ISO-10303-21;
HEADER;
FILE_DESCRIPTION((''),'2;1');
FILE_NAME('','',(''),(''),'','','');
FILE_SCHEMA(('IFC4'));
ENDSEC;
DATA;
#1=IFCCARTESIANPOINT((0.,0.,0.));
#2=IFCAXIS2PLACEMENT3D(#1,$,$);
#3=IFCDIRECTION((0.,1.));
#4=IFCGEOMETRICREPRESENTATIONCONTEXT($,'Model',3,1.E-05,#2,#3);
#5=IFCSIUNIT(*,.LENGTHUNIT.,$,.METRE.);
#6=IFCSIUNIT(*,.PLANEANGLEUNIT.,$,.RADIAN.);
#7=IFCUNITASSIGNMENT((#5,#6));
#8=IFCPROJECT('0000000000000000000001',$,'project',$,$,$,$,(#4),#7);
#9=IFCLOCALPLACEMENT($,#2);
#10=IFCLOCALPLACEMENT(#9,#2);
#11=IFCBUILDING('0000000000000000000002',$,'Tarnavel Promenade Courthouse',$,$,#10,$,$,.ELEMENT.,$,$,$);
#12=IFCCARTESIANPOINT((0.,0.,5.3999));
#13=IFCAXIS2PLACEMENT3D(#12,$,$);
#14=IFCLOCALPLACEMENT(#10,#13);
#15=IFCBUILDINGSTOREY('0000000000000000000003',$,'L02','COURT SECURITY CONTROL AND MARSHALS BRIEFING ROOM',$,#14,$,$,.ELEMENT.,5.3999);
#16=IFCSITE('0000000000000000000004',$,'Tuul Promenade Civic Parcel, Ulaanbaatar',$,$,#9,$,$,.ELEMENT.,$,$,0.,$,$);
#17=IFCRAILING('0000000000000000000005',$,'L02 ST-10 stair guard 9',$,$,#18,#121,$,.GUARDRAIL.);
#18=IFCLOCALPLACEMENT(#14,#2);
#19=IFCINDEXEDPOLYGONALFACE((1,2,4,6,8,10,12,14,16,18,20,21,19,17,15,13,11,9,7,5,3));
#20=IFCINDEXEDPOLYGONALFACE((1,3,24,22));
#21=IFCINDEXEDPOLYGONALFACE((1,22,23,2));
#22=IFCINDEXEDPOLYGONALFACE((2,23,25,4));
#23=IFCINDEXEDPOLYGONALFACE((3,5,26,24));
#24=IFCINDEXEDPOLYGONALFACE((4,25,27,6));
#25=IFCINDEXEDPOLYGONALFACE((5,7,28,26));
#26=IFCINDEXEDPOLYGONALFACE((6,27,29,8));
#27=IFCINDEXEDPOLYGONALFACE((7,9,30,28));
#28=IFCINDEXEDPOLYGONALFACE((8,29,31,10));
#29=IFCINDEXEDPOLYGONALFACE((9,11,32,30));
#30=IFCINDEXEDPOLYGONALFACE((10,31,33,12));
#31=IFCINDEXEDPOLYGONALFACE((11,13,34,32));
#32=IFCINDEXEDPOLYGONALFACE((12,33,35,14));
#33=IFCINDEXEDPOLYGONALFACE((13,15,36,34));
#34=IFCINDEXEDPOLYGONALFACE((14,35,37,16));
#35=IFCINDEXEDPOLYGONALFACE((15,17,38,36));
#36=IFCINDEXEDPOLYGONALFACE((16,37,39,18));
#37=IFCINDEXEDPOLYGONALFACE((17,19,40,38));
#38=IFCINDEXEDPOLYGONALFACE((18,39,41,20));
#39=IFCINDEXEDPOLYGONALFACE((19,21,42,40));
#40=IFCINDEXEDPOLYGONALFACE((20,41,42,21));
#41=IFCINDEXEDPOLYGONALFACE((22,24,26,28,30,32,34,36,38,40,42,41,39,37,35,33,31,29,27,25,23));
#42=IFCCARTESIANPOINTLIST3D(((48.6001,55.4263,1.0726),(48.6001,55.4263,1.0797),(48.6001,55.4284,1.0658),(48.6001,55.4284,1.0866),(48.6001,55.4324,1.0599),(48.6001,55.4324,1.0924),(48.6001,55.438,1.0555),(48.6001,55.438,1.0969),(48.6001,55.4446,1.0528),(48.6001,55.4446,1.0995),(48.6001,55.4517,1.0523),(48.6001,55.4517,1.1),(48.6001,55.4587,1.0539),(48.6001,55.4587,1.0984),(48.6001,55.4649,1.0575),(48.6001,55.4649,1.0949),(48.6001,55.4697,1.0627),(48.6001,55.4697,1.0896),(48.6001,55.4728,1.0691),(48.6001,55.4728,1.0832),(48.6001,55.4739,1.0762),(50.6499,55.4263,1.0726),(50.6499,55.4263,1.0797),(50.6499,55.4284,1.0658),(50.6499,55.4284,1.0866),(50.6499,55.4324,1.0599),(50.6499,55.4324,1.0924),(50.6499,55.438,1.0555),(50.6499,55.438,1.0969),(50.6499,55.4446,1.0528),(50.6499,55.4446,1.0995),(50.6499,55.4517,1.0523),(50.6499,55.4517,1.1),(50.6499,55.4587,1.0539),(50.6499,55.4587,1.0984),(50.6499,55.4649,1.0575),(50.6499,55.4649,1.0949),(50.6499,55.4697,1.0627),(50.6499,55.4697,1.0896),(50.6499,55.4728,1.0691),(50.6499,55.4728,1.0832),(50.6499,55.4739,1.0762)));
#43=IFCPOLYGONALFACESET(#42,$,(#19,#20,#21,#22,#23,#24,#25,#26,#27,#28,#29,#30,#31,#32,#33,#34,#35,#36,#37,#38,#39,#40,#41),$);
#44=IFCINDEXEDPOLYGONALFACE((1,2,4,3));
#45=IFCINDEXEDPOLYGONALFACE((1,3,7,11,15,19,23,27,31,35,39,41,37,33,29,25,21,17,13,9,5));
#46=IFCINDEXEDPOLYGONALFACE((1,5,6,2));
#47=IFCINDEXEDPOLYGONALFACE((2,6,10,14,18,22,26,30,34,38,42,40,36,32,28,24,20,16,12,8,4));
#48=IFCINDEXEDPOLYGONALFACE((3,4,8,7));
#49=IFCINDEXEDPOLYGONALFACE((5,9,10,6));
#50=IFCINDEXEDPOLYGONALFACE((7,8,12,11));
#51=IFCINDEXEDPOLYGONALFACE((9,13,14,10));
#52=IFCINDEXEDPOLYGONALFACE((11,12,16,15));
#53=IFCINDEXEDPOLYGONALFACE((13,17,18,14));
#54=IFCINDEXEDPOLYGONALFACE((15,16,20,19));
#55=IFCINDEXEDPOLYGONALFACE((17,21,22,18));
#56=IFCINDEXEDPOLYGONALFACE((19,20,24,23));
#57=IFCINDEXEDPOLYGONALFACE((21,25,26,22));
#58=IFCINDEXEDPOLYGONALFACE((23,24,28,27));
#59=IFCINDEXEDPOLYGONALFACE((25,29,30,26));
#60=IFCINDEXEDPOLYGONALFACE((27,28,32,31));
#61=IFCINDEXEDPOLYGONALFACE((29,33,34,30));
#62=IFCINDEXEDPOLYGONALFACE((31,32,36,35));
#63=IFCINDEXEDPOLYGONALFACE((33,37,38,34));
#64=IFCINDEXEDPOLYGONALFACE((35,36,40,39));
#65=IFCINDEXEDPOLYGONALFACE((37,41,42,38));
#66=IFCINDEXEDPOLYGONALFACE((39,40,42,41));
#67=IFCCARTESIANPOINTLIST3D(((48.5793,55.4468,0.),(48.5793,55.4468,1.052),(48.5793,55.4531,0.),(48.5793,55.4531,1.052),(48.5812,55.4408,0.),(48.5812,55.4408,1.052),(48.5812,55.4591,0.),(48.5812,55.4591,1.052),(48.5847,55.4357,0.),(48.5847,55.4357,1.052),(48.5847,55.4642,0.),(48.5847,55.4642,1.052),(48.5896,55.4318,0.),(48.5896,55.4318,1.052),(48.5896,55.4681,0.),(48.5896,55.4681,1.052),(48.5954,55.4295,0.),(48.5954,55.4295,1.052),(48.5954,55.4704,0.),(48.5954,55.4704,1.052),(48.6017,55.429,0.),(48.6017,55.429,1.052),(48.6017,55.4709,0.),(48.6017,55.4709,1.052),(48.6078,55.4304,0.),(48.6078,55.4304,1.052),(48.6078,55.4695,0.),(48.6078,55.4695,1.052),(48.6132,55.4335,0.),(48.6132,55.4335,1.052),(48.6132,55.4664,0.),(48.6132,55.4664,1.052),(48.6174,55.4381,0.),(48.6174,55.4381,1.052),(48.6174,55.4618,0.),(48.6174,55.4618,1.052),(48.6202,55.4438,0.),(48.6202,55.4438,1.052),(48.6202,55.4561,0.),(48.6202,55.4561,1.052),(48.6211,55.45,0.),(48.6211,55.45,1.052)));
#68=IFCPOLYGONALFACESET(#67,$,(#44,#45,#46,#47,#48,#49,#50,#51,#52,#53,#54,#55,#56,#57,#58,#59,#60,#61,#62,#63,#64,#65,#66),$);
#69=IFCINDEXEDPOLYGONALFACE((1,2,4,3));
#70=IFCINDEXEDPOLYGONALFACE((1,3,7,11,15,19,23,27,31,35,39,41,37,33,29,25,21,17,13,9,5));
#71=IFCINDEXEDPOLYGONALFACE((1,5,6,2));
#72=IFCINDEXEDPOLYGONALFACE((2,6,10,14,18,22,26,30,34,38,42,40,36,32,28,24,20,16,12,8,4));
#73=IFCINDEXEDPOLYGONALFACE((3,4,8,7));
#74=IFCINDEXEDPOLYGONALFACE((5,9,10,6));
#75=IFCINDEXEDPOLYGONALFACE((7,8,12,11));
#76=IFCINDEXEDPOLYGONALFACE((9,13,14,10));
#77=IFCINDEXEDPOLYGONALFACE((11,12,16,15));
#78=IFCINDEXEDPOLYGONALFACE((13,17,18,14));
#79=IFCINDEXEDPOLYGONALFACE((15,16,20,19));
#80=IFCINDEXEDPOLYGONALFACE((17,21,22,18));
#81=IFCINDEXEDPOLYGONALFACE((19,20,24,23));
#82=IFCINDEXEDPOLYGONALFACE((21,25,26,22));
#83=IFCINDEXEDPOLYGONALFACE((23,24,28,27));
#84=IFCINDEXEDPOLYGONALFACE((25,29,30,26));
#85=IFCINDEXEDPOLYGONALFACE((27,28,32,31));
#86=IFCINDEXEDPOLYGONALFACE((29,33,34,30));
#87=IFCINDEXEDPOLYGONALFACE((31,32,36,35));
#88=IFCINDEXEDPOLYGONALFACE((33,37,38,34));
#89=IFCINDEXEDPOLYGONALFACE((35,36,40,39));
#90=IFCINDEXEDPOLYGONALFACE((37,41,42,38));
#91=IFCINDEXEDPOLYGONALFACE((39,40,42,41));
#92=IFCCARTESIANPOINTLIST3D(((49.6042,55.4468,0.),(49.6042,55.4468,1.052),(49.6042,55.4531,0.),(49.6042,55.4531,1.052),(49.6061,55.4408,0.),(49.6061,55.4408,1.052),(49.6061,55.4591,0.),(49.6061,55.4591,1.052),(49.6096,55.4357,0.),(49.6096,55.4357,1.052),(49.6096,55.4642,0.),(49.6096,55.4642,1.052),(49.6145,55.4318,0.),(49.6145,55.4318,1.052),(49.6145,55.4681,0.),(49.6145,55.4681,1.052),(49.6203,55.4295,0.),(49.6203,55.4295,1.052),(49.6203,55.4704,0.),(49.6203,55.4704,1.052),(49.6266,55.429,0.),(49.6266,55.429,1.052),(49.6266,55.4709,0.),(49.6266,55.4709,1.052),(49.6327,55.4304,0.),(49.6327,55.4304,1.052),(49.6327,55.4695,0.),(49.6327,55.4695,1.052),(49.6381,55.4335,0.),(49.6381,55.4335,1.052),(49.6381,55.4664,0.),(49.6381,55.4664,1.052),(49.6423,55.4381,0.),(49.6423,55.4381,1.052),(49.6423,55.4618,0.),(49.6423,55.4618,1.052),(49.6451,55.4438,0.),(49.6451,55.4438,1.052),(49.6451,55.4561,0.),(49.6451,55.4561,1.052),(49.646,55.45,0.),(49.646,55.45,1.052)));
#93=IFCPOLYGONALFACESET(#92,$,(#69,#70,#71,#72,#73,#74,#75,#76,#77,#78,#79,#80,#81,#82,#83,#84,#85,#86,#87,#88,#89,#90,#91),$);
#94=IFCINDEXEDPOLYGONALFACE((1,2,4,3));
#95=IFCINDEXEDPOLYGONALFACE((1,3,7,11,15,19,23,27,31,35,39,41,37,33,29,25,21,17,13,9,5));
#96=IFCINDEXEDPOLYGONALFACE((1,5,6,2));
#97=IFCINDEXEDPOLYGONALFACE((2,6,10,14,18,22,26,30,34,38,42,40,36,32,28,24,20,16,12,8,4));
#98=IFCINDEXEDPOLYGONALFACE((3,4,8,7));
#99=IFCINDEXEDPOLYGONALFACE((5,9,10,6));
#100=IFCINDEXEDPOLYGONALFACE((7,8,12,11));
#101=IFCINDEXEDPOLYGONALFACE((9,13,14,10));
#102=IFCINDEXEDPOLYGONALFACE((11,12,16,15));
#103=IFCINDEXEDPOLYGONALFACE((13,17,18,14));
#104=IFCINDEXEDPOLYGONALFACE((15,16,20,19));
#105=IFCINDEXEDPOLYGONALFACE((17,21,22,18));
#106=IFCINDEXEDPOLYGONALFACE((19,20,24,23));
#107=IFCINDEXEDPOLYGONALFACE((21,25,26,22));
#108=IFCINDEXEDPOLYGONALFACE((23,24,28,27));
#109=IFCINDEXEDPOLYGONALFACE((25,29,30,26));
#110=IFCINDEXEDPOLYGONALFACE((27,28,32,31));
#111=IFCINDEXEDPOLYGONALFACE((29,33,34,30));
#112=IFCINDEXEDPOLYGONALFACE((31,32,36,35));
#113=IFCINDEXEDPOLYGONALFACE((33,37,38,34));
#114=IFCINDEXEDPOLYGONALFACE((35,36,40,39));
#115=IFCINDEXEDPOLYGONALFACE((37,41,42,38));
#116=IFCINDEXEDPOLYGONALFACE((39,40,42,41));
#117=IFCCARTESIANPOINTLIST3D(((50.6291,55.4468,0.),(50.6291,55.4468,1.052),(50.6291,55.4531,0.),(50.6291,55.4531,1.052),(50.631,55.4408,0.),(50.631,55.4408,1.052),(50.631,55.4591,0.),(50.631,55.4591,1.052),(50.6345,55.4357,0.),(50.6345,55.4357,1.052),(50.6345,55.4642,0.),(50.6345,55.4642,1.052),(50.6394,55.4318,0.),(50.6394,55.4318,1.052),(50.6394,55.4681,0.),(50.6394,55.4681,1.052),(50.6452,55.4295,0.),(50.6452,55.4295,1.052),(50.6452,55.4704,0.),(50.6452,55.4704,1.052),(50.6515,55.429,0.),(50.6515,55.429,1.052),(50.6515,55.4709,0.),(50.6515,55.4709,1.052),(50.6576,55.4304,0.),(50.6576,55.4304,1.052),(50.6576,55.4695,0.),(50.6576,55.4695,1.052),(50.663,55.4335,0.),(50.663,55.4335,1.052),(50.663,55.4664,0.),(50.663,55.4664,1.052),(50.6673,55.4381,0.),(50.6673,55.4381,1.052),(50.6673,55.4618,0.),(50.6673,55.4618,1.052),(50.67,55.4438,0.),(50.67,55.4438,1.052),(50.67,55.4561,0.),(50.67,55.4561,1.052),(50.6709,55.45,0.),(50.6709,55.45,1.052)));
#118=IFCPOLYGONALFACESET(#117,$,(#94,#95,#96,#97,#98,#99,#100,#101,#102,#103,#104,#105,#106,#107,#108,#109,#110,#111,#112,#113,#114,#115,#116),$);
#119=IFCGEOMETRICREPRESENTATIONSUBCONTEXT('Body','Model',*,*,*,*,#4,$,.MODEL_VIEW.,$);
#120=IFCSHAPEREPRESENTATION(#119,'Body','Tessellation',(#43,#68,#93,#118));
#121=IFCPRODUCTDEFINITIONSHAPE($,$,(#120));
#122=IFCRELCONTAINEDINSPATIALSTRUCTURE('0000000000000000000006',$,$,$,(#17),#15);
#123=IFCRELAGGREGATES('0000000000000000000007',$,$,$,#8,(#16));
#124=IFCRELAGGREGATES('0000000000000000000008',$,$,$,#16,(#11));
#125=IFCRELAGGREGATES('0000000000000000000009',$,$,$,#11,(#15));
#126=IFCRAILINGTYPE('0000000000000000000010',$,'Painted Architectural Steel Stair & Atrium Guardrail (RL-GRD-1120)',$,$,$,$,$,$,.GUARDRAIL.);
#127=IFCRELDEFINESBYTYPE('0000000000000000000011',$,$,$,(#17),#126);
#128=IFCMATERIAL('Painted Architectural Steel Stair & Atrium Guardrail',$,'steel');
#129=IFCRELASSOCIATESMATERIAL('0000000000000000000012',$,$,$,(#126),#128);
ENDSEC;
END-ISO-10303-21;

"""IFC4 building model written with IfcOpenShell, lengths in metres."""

from ifc_helpers import new_model, si_unit, direction, frame, origin, origin_2d, place, context, subcontext, project, spatial, circle, extrude, material, type_object, element, save


model = new_model("IFC4")

# Units and contexts
model_context = context("Model", 3, precision=1e-05, world=origin(), true_north=direction((0.0, 1.0)))
body_context = subcontext(model_context, "Body", "Model", "MODEL_VIEW")
ifc_project = project(units=[si_unit("LENGTHUNIT", "METRE"), si_unit("PLANEANGLEUNIT", "RADIAN")], contexts=[model_context])

# Site, building, storey
site_placement = place(None, origin())
site = spatial("IfcSite", under=ifc_project, at=site_placement, Name="Tuul Promenade Civic Parcel, Ulaanbaatar", CompositionType="ELEMENT", RefElevation=0.0)
building_placement = place(site_placement, origin())
building = spatial("IfcBuilding", under=site, at=building_placement, Name="Tarnavel Promenade Courthouse", CompositionType="ELEMENT")
storey_placement = place(building_placement, frame((0.0, 0.0, 5.3999)))
storey = spatial("IfcBuildingStorey", under=building, at=storey_placement, Name="L02", Description="COURT SECURITY CONTROL AND MARSHALS BRIEFING ROOM", CompositionType="ELEMENT", Elevation=5.3999)

# Railing
ifc_material_1 = material(Name="Painted Architectural Steel Stair & Atrium Guardrail", Category="steel")
railing_type_1 = type_object("IfcRailingType", Name="Painted Architectural Steel Stair & Atrium Guardrail (RL-GRD-1120)", PredefinedType="GUARDRAIL", material=ifc_material_1)
railing_1_placement = place(storey_placement, frame((48.6001, 55.45, 0.0)))
element("IfcRailing", 1, at=railing_1_placement, inside=storey, type_object=railing_type_1, Name="L02 ST-10 stair guard 9", PredefinedType="GUARDRAIL", context=body_context, shape_type="SweptSolid", body=[
    extrude(circle(Radius=0.0239, at=origin_2d()), frame((0.0, 0.0, 1.0762), z_axis=(1.0, 0.0, 0.0), x_axis=(0.0, 1.0, 0.0)), (0.0, 0.0, 1.0), 2.0498),
    extrude(circle(Radius=0.021, at=origin_2d()), origin(), (0.0, 0.0, 1.0), 1.052),
    extrude(circle(Radius=0.021, at=origin_2d()), frame((1.0249, 0.0, 0.0)), (0.0, 0.0, 1.0), 1.052),
    extrude(circle(Radius=0.021, at=origin_2d()), frame((2.0498, 0.0, 0.0)), (0.0, 0.0, 1.0), 1.052),
])

save(model, "model.ifc")
